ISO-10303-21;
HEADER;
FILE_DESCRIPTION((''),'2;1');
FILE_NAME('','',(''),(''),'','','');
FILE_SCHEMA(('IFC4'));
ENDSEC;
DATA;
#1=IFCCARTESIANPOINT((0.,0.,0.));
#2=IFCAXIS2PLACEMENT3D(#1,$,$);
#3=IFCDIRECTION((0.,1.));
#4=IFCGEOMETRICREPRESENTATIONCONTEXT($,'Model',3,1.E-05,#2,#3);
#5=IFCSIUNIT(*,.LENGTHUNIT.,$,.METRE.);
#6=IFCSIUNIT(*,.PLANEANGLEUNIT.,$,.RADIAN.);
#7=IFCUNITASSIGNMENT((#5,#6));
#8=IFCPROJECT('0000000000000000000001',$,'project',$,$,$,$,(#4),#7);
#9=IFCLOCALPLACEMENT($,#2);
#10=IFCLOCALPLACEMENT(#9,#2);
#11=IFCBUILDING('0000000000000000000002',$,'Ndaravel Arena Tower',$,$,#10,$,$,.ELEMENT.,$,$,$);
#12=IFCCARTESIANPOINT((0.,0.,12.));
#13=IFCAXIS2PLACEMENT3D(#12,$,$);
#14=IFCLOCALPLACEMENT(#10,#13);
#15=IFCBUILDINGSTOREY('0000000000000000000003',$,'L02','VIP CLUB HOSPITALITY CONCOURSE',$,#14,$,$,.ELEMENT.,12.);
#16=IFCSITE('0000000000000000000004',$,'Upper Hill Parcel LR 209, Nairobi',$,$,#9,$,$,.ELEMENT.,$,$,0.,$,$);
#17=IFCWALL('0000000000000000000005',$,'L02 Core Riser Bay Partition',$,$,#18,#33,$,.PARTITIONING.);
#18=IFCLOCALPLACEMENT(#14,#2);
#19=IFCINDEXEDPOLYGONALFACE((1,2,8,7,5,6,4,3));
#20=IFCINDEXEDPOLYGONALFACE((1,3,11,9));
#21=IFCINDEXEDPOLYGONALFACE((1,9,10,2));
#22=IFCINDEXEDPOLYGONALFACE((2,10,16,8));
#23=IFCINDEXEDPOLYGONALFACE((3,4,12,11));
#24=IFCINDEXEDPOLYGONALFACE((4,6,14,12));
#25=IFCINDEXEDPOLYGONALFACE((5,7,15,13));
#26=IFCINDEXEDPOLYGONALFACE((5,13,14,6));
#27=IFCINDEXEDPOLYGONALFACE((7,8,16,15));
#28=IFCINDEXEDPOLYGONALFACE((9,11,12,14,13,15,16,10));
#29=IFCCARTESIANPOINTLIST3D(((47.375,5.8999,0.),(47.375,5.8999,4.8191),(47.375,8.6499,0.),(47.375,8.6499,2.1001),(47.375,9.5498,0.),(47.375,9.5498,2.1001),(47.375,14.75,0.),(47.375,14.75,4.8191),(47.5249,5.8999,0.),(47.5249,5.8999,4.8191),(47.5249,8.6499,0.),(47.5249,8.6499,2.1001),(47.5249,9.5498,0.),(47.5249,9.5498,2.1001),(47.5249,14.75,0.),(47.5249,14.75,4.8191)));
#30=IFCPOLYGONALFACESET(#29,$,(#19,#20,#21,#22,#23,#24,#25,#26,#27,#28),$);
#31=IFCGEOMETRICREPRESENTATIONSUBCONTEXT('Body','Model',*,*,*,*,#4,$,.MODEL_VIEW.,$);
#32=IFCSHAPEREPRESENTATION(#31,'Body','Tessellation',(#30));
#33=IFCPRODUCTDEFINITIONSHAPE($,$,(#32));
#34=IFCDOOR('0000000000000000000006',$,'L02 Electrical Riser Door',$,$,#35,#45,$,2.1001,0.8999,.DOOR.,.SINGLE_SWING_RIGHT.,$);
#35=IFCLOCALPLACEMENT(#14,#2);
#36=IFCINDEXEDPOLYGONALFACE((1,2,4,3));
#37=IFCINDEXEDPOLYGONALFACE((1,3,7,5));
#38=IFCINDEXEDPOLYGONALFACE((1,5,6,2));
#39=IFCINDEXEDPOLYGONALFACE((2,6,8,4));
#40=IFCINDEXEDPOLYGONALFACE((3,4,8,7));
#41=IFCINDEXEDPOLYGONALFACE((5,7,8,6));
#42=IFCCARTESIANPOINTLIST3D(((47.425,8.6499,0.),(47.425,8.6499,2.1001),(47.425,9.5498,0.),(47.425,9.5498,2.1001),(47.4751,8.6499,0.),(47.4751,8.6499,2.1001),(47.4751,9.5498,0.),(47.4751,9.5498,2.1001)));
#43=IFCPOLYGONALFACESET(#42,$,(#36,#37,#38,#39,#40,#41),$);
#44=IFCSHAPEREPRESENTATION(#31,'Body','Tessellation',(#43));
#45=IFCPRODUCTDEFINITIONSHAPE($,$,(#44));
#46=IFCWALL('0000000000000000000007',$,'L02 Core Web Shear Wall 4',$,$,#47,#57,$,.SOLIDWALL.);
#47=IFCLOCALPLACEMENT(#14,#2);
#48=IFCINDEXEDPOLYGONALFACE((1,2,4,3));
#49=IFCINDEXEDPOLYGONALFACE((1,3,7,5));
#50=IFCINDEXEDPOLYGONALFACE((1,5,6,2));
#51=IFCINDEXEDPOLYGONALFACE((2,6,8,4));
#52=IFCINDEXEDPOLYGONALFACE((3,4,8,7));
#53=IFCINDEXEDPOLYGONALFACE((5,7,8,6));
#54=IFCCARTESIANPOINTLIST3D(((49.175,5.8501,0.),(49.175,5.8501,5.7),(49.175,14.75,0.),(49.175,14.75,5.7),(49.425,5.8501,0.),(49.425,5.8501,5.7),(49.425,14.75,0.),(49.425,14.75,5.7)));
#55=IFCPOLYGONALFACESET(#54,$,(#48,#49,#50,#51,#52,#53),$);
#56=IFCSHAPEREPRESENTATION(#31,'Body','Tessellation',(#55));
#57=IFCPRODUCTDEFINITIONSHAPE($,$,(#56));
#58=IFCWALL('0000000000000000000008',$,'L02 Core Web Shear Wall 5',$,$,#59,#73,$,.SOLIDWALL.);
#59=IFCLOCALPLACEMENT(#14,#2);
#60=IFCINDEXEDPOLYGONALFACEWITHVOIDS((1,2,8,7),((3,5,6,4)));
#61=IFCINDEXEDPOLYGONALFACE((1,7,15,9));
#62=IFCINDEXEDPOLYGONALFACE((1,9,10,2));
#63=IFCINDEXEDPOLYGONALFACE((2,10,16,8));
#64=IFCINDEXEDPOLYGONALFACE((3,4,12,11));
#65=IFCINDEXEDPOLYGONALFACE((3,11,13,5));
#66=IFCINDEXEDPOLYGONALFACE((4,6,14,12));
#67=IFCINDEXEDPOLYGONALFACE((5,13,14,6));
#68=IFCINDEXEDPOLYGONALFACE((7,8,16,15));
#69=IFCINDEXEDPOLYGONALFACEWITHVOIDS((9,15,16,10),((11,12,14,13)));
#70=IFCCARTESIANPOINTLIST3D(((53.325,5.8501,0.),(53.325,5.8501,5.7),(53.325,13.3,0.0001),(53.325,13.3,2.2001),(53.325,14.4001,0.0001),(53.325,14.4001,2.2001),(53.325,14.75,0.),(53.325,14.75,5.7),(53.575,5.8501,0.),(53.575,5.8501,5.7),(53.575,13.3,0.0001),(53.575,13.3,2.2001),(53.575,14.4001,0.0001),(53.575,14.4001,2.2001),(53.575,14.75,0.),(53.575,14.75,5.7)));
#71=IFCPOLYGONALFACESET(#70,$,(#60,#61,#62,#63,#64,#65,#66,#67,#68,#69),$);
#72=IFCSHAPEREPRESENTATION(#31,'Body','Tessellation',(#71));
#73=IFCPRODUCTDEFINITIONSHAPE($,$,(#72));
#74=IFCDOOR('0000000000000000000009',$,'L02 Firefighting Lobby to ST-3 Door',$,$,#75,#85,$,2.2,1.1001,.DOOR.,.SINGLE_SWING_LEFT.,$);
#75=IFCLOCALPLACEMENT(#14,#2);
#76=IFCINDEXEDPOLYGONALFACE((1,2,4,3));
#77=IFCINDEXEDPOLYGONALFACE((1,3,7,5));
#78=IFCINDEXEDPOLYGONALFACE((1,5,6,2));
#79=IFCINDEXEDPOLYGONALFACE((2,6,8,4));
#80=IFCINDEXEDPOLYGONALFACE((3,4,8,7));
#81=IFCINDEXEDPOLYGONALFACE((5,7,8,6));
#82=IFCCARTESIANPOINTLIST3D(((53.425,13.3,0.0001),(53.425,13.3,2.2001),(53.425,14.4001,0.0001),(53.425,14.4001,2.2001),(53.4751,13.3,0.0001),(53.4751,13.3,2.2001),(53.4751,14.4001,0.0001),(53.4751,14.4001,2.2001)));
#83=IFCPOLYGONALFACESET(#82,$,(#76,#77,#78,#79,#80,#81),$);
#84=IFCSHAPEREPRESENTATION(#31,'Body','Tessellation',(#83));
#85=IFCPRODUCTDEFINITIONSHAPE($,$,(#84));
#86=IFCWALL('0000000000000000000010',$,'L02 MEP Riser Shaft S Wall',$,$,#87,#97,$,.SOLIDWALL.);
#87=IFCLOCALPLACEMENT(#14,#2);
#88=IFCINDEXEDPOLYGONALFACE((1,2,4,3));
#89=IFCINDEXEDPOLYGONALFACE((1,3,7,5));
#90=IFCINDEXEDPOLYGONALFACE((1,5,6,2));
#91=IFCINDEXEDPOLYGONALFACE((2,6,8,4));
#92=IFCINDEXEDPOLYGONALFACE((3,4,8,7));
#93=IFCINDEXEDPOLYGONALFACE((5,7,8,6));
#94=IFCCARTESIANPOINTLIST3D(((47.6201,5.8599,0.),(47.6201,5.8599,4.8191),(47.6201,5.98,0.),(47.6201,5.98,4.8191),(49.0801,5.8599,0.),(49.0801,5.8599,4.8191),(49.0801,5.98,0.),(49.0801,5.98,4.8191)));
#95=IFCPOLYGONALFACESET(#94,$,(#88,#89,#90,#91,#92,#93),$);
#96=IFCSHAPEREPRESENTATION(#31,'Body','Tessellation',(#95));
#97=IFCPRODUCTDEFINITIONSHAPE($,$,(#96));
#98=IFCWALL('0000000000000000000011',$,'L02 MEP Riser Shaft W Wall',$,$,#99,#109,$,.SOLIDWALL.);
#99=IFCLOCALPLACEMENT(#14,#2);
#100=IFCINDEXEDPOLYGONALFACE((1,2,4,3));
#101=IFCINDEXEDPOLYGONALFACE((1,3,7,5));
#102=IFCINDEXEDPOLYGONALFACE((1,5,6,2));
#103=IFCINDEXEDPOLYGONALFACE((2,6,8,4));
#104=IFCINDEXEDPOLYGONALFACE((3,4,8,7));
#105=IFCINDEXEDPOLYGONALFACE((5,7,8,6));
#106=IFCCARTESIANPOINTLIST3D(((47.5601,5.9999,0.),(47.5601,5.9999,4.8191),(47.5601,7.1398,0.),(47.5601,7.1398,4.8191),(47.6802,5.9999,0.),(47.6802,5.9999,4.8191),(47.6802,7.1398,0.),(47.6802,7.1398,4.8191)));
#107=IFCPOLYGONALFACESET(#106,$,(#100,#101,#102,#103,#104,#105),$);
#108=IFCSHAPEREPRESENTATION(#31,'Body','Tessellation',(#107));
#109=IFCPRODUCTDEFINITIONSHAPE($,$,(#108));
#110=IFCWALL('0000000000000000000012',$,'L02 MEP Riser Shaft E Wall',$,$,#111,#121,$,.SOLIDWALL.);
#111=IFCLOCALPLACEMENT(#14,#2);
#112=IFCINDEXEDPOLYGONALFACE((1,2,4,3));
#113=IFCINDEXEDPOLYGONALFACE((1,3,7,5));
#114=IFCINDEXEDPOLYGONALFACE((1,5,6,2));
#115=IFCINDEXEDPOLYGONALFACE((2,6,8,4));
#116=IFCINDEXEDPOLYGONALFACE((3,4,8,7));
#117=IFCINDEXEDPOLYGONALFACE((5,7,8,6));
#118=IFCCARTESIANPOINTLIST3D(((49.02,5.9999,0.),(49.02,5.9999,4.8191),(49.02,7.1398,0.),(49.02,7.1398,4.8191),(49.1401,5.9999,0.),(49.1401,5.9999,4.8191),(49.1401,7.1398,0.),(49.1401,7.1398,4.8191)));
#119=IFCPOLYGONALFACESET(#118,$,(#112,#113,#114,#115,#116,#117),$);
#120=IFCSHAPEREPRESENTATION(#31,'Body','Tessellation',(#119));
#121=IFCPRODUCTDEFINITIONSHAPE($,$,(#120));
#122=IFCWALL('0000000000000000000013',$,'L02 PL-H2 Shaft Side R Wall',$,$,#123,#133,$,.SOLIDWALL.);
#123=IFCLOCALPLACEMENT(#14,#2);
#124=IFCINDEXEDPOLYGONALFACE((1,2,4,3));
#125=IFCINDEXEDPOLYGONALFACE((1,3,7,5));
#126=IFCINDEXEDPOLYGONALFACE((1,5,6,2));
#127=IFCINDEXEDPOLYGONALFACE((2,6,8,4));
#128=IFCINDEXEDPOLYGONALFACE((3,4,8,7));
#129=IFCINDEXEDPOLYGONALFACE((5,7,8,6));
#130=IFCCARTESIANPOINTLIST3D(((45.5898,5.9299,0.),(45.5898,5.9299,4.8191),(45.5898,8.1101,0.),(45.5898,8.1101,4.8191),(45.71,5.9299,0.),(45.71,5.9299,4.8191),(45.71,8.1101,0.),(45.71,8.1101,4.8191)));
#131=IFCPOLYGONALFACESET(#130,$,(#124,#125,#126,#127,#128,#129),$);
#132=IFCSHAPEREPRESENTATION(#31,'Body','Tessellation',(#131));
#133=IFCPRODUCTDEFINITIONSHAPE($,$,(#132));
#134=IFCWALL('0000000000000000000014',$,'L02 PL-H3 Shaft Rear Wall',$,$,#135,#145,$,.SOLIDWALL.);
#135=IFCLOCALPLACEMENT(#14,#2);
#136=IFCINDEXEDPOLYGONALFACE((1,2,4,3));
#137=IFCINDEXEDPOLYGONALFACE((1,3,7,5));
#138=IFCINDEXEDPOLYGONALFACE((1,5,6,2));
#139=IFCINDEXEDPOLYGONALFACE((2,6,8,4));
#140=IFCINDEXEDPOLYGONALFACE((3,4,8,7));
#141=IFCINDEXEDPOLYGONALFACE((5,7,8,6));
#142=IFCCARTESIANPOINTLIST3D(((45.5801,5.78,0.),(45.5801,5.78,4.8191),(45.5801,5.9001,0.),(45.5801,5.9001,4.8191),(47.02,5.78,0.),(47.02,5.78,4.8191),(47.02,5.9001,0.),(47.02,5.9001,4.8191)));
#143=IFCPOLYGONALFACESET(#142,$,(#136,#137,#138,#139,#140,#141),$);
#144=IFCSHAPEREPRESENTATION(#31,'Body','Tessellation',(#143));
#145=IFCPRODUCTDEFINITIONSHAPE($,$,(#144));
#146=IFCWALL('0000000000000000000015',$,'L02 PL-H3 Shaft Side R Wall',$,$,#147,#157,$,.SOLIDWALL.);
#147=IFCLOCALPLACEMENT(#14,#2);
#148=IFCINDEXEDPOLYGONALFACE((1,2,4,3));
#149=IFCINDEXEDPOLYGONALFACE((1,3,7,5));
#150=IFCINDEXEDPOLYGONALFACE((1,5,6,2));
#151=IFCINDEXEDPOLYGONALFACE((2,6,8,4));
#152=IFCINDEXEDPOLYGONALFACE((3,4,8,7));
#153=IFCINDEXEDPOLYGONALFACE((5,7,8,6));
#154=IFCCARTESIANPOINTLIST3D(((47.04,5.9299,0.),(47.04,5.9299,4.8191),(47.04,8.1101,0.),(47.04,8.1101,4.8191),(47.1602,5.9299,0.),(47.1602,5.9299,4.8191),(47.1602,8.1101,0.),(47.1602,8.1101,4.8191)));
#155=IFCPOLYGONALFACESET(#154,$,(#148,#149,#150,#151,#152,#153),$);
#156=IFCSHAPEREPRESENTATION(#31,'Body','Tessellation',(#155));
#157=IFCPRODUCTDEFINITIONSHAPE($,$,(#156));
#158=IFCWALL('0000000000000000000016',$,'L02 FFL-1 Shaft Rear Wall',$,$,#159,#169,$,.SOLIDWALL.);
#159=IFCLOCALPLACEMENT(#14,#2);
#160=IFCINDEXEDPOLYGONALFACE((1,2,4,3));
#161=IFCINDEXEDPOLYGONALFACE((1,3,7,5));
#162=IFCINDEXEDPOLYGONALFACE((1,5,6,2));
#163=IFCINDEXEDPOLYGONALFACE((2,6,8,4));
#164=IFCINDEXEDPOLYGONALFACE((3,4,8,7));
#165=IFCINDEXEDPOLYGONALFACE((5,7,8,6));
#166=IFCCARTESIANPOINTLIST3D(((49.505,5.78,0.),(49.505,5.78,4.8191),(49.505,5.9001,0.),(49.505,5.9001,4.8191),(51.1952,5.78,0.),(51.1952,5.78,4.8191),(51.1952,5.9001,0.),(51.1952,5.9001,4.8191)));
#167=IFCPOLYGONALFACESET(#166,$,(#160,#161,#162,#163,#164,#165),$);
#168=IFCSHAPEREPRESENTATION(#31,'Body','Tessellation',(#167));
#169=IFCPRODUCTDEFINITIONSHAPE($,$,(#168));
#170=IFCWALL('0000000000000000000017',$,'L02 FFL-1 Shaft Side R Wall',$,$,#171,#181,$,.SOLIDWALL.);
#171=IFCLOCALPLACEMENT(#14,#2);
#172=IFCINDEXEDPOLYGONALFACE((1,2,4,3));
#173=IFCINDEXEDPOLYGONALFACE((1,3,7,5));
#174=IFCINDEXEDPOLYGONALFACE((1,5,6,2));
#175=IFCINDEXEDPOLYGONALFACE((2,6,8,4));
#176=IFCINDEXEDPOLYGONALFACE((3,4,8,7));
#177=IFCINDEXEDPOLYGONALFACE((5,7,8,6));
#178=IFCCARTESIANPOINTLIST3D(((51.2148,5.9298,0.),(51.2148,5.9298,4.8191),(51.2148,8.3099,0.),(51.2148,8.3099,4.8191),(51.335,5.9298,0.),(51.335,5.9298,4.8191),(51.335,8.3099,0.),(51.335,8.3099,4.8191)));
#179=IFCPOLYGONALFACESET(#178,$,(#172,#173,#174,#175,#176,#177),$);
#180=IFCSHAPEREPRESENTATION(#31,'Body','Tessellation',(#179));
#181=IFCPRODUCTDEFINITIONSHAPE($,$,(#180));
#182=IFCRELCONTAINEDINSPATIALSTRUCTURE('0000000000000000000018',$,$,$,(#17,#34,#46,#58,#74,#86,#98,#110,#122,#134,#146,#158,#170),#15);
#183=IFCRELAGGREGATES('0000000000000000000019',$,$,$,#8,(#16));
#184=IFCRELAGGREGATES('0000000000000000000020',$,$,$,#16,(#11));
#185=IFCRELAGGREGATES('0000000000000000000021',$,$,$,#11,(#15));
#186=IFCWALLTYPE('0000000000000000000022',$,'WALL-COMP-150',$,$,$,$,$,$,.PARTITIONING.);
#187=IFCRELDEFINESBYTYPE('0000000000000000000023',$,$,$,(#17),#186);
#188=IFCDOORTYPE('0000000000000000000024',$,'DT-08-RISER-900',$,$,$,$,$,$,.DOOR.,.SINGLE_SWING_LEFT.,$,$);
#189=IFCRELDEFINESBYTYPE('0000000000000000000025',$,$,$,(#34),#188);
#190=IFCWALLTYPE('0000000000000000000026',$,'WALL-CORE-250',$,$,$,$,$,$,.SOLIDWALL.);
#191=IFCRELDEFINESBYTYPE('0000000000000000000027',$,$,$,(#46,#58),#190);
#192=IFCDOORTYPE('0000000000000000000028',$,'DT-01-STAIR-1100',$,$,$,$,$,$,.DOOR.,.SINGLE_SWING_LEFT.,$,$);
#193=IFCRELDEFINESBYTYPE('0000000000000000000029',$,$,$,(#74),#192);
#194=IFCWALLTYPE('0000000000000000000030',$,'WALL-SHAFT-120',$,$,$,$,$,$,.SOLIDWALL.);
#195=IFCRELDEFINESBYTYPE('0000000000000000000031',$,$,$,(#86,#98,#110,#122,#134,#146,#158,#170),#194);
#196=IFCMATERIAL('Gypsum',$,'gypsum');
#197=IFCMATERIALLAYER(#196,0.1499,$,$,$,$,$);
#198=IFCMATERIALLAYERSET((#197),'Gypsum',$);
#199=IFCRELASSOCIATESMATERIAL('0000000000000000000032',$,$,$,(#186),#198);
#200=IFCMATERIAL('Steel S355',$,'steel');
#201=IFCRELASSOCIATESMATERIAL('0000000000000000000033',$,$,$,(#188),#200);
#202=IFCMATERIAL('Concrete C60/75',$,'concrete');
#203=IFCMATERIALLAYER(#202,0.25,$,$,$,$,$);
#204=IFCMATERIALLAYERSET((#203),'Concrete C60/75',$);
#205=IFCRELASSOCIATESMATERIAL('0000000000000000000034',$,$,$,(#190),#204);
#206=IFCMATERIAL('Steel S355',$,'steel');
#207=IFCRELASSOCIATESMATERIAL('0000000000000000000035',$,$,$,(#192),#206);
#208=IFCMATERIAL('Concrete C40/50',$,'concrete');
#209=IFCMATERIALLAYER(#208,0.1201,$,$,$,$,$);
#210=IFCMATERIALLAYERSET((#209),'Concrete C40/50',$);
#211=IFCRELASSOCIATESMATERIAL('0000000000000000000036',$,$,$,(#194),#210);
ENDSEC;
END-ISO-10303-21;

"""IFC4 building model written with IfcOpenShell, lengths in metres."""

from ifc_helpers import new_model, si_unit, direction, frame, frame_2d, origin, place, context, subcontext, project, spatial, rectangle, extrude, material, layer, layer_set, type_object, element, fill, save


model = new_model("IFC4")

# Units and contexts
model_context = context("Model", 3, precision=1e-05, world=origin(), true_north=direction((0.0, 1.0)))
body_context = subcontext(model_context, "Body", "Model", "MODEL_VIEW")
ifc_project = project(units=[si_unit("LENGTHUNIT", "METRE"), si_unit("PLANEANGLEUNIT", "RADIAN")], contexts=[model_context])

# Site, building, storey
site_placement = place(None, origin())
site = spatial("IfcSite", under=ifc_project, at=site_placement, Name="Upper Hill Parcel LR 209, Nairobi", CompositionType="ELEMENT", RefElevation=0.0)
building_placement = place(site_placement, origin())
building = spatial("IfcBuilding", under=site, at=building_placement, Name="Ndaravel Arena Tower", CompositionType="ELEMENT")
storey_placement = place(building_placement, frame((0.0, 0.0, 12.0)))
storey = spatial("IfcBuildingStorey", under=building, at=storey_placement, Name="L02", Description="VIP CLUB HOSPITALITY CONCOURSE", CompositionType="ELEMENT", Elevation=12.0)

# Wall, opening, door
ifc_material_1 = material(Name="Gypsum", Category="gypsum")
ifc_layer_1 = layer(ifc_material_1, 0.1499)
ifc_layer_set_1 = layer_set([ifc_layer_1], Name="Gypsum")
wall_type_1 = type_object("IfcWallType", Name="WALL-COMP-150", PredefinedType="PARTITIONING", material=ifc_layer_set_1)
wall_1_placement = place(storey_placement, frame((47.45, 5.8999, 0.0), z_axis=(0.0, 0.0, 1.0), x_axis=(0.0, 1.0, 0.0)))
wall_1 = element("IfcWall", 1, at=wall_1_placement, inside=storey, type_object=wall_type_1, Name="L02 Core Riser Bay Partition", PredefinedType="PARTITIONING", context=body_context, shape_type="SweptSolid", body=[
    extrude(rectangle(XDim=8.8501, YDim=0.1499, at=frame_2d((4.425, 0.0))), origin(), (0.0, 0.0, 1.0), 4.8191),
])
opening_1_placement = place(wall_1_placement, frame((2.75, 0.0, 0.0)))
opening_1 = element("IfcOpeningElement", 2, at=opening_1_placement, cuts=wall_1, PredefinedType="OPENING", context=body_context, shape_type="SweptSolid", body=[
    extrude(rectangle(XDim=0.8999, YDim=2.1001, at=frame_2d((0.45, 1.05))), frame((0.0, 0.075, 0.0), z_axis=(0.0, -1.0, 0.0), x_axis=(1.0, 0.0, 0.0)), (0.0, 0.0, 1.0), 0.1499),
])
ifc_material_2 = material(Name="Steel S355", Category="steel")
door_type_1 = type_object("IfcDoorType", Name="DT-08-RISER-900", OperationType="SINGLE_SWING_LEFT", PredefinedType="DOOR", material=ifc_material_2)
door_1_placement = place(opening_1_placement, origin())
door_1 = element("IfcDoor", 3, at=door_1_placement, inside=storey, type_object=door_type_1, Name="L02 Electrical Riser Door", OperationType="SINGLE_SWING_RIGHT", OverallHeight=2.1001, OverallWidth=0.8999, PredefinedType="DOOR", context=body_context, shape_type="SweptSolid", body=[
    extrude(rectangle(XDim=0.8999, YDim=2.1001, at=frame_2d((0.45, 1.05))), frame((0.0, 0.0249, 0.0), z_axis=(0.0, -1.0, 0.0), x_axis=(1.0, 0.0, 0.0)), (0.0, 0.0, 1.0), 0.05),
])
fill(opening_1, door_1)

# Wall
ifc_material_3 = material(Name="Concrete C60/75", Category="concrete")
ifc_layer_2 = layer(ifc_material_3, 0.25)
ifc_layer_set_2 = layer_set([ifc_layer_2], Name="Concrete C60/75")
wall_type_2 = type_object("IfcWallType", Name="WALL-CORE-250", PredefinedType="SOLIDWALL", material=ifc_layer_set_2)
wall_2_placement = place(storey_placement, frame((49.3, 5.8501, 0.0), z_axis=(0.0, 0.0, 1.0), x_axis=(0.0, 1.0, 0.0)))
element("IfcWall", 4, at=wall_2_placement, inside=storey, type_object=wall_type_2, Name="L02 Core Web Shear Wall 4", PredefinedType="SOLIDWALL", context=body_context, shape_type="SweptSolid", body=[
    extrude(rectangle(XDim=8.8999, YDim=0.25, at=frame_2d((4.45, 0.0))), origin(), (0.0, 0.0, 1.0), 5.7),
])

# Wall, opening, door
wall_3_placement = place(storey_placement, frame((53.45, 5.8501, 0.0), z_axis=(0.0, 0.0, 1.0), x_axis=(0.0, 1.0, 0.0)))
wall_3 = element("IfcWall", 5, at=wall_3_placement, inside=storey, type_object=wall_type_2, Name="L02 Core Web Shear Wall 5", PredefinedType="SOLIDWALL", context=body_context, shape_type="SweptSolid", body=[
    extrude(rectangle(XDim=8.8999, YDim=0.25, at=frame_2d((4.45, 0.0))), origin(), (0.0, 0.0, 1.0), 5.7),
])
opening_2_placement = place(wall_3_placement, frame((7.45, 0.0, 0.0)))
opening_2 = element("IfcOpeningElement", 6, at=opening_2_placement, cuts=wall_3, PredefinedType="OPENING", context=body_context, shape_type="SweptSolid", body=[
    extrude(rectangle(XDim=1.1001, YDim=2.2, at=frame_2d((0.55, 1.1001))), frame((0.0, 0.125, 0.0), z_axis=(0.0, -1.0, 0.0), x_axis=(1.0, 0.0, 0.0)), (0.0, 0.0, 1.0), 0.25),
])
ifc_material_4 = material(Name="Steel S355", Category="steel")
door_type_2 = type_object("IfcDoorType", Name="DT-01-STAIR-1100", OperationType="SINGLE_SWING_LEFT", PredefinedType="DOOR", material=ifc_material_4)
door_2_placement = place(opening_2_placement, origin())
door_2 = element("IfcDoor", 7, at=door_2_placement, inside=storey, type_object=door_type_2, Name="L02 Firefighting Lobby to ST-3 Door", OperationType="SINGLE_SWING_LEFT", OverallHeight=2.2, OverallWidth=1.1001, PredefinedType="DOOR", context=body_context, shape_type="SweptSolid", body=[
    extrude(rectangle(XDim=1.1001, YDim=2.2, at=frame_2d((0.55, 1.1001))), frame((0.0, 0.0249, 0.0), z_axis=(0.0, -1.0, 0.0), x_axis=(1.0, 0.0, 0.0)), (0.0, 0.0, 1.0), 0.05),
])
fill(opening_2, door_2)

# Walls
ifc_material_5 = material(Name="Concrete C40/50", Category="concrete")
ifc_layer_3 = layer(ifc_material_5, 0.1201)
ifc_layer_set_3 = layer_set([ifc_layer_3], Name="Concrete C40/50")
wall_type_3 = type_object("IfcWallType", Name="WALL-SHAFT-120", PredefinedType="SOLIDWALL", material=ifc_layer_set_3)
wall_4_placement = place(storey_placement, frame((47.6201, 5.9199, 0.0), z_axis=(0.0, 0.0, 1.0), x_axis=(1.0, 0.0, 0.0)))
element("IfcWall", 8, at=wall_4_placement, inside=storey, type_object=wall_type_3, Name="L02 MEP Riser Shaft S Wall", PredefinedType="SOLIDWALL", context=body_context, shape_type="SweptSolid", body=[
    extrude(rectangle(XDim=1.46, YDim=0.1201, at=frame_2d((0.73, 0.0))), origin(), (0.0, 0.0, 1.0), 4.8191),
])
for number, where, z_axis, x_axis, name in (
    (9, (47.6201, 6.0, 0.0), (0.0, 0.0, 1.0), (0.0, 1.0, 0.0), "L02 MEP Riser Shaft W Wall"),
    (10, (49.0801, 6.0, 0.0), (0.0, 0.0, 1.0), (0.0, 1.0, 0.0), "L02 MEP Riser Shaft E Wall"),
):
    element("IfcWall", number, at=place(storey_placement, frame(where, z_axis=z_axis, x_axis=x_axis)), inside=storey, type_object=wall_type_3, Name=name, PredefinedType="SOLIDWALL", context=body_context, shape_type="SweptSolid", body=[
        extrude(rectangle(XDim=1.1399, YDim=0.1201, at=frame_2d((0.5698, 0.0))), origin(), (0.0, 0.0, 1.0), 4.8191),
    ])
wall_5_placement = place(storey_placement, frame((45.6499, 5.9299, 0.0), z_axis=(0.0, 0.0, 1.0), x_axis=(0.0, 1.0, 0.0)))
element("IfcWall", 11, at=wall_5_placement, inside=storey, type_object=wall_type_3, Name="L02 PL-H2 Shaft Side R Wall", PredefinedType="SOLIDWALL", context=body_context, shape_type="SweptSolid", body=[
    extrude(rectangle(XDim=2.1802, YDim=0.1201, at=frame_2d((1.0901, 0.0))), origin(), (0.0, 0.0, 1.0), 4.8191),
])
wall_6_placement = place(storey_placement, frame((45.5801, 5.8401, 0.0), z_axis=(0.0, 0.0, 1.0), x_axis=(1.0, 0.0, 0.0)))
element("IfcWall", 12, at=wall_6_placement, inside=storey, type_object=wall_type_3, Name="L02 PL-H3 Shaft Rear Wall", PredefinedType="SOLIDWALL", context=body_context, shape_type="SweptSolid", body=[
    extrude(rectangle(XDim=1.4399, YDim=0.1201, at=frame_2d((0.72, 0.0))), origin(), (0.0, 0.0, 1.0), 4.8191),
])
wall_7_placement = place(storey_placement, frame((47.1001, 5.9299, 0.0), z_axis=(0.0, 0.0, 1.0), x_axis=(0.0, 1.0, 0.0)))
element("IfcWall", 13, at=wall_7_placement, inside=storey, type_object=wall_type_3, Name="L02 PL-H3 Shaft Side R Wall", PredefinedType="SOLIDWALL", context=body_context, shape_type="SweptSolid", body=[
    extrude(rectangle(XDim=2.1802, YDim=0.1201, at=frame_2d((1.0901, 0.0))), origin(), (0.0, 0.0, 1.0), 4.8191),
])
wall_8_placement = place(storey_placement, frame((49.5049, 5.8401, 0.0), z_axis=(0.0, 0.0, 1.0), x_axis=(1.0, 0.0, 0.0)))
element("IfcWall", 14, at=wall_8_placement, inside=storey, type_object=wall_type_3, Name="L02 FFL-1 Shaft Rear Wall", PredefinedType="SOLIDWALL", context=body_context, shape_type="SweptSolid", body=[
    extrude(rectangle(XDim=1.6902, YDim=0.1201, at=frame_2d((0.8452, 0.0))), origin(), (0.0, 0.0, 1.0), 4.8191),
])
wall_9_placement = place(storey_placement, frame((51.2749, 5.9299, 0.0), z_axis=(0.0, 0.0, 1.0), x_axis=(0.0, 1.0, 0.0)))
element("IfcWall", 15, at=wall_9_placement, inside=storey, type_object=wall_type_3, Name="L02 FFL-1 Shaft Side R Wall", PredefinedType="SOLIDWALL", context=body_context, shape_type="SweptSolid", body=[
    extrude(rectangle(XDim=2.3801, YDim=0.1201, at=frame_2d((1.1899, 0.0))), origin(), (0.0, 0.0, 1.0), 4.8191),
])

save(model, "model.ifc")
